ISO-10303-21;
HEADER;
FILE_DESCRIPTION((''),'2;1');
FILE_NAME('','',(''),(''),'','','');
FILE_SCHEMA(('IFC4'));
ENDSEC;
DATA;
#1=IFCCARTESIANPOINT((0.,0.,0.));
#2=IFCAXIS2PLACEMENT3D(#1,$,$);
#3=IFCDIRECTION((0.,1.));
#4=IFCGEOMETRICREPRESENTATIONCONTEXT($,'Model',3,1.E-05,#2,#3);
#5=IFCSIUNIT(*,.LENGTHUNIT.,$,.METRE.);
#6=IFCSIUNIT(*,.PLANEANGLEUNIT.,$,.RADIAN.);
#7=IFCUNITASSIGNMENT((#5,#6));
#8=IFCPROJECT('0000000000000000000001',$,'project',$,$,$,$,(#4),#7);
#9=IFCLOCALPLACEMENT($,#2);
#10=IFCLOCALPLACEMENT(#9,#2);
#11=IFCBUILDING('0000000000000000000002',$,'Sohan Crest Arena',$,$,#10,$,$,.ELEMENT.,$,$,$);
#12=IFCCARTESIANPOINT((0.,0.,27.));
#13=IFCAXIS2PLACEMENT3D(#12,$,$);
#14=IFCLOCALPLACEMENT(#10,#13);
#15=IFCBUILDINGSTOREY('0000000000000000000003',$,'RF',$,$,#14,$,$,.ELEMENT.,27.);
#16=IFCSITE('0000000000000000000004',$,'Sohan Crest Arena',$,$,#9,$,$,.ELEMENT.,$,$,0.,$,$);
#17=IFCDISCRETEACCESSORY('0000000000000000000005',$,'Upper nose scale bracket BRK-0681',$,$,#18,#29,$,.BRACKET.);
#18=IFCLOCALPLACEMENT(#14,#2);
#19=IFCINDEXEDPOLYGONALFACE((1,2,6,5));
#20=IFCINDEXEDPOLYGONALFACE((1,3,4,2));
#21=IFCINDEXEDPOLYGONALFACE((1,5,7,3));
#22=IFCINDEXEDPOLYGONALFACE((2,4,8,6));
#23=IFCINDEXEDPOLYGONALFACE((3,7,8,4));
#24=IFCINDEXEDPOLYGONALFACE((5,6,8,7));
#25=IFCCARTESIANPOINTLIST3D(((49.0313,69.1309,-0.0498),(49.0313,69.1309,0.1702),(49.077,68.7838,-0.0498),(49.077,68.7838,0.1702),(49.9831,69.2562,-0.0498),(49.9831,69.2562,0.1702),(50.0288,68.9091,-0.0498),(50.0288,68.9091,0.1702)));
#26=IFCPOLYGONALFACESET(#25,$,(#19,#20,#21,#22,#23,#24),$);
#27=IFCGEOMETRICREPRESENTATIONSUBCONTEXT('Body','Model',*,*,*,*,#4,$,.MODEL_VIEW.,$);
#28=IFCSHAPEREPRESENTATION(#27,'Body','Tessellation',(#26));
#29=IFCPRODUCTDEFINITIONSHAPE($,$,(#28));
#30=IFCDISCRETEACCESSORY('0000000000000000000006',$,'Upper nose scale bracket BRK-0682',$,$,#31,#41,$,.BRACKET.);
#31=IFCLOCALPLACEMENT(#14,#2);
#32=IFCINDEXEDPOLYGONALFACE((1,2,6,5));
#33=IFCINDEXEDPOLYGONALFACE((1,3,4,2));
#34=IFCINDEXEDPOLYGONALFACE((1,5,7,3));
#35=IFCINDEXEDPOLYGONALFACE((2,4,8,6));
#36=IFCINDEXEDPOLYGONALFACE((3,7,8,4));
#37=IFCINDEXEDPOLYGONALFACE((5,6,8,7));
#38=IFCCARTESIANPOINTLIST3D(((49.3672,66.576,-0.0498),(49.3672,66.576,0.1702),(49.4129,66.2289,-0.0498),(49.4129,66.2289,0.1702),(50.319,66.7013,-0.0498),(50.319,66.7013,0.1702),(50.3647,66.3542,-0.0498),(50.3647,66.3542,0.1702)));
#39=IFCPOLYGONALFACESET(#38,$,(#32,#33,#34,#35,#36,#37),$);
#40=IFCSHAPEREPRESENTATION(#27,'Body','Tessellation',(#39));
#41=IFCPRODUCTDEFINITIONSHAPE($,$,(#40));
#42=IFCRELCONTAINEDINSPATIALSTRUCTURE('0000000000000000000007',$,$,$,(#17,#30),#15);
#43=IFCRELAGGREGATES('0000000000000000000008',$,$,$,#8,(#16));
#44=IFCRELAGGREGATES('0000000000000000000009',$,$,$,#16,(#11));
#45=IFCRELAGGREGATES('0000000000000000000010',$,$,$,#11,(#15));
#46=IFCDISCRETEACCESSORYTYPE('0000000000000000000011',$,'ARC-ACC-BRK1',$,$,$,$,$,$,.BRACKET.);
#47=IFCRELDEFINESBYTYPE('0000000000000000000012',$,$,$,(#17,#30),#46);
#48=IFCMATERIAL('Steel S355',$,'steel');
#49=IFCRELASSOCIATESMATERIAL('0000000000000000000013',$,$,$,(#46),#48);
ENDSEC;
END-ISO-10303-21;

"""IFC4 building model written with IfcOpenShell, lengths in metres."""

from ifc_helpers import new_model, si_unit, direction, frame, origin, origin_2d, place, context, subcontext, project, spatial, rectangle, extrude, material, type_object, element, save


model = new_model("IFC4")

# Units and contexts
model_context = context("Model", 3, precision=1e-05, world=origin(), true_north=direction((0.0, 1.0)))
body_context = subcontext(model_context, "Body", "Model", "MODEL_VIEW")
ifc_project = project(units=[si_unit("LENGTHUNIT", "METRE"), si_unit("PLANEANGLEUNIT", "RADIAN")], contexts=[model_context])

# Site, building, storey
site_placement = place(None, origin())
site = spatial("IfcSite", under=ifc_project, at=site_placement, Name="Sohan Crest Arena", CompositionType="ELEMENT", RefElevation=0.0)
building_placement = place(site_placement, origin())
building = spatial("IfcBuilding", under=site, at=building_placement, Name="Sohan Crest Arena", CompositionType="ELEMENT")
storey_placement = place(building_placement, frame((0.0, 0.0, 27.0)))
storey = spatial("IfcBuildingStorey", under=building, at=storey_placement, Name="RF", CompositionType="ELEMENT", Elevation=27.0)

# Shared definitions
ifc_material_1 = material(Name="Steel S355", Category="steel")

# Discrete accessories
discrete_accessory_type = type_object("IfcDiscreteAccessoryType", Name="ARC-ACC-BRK1", PredefinedType="BRACKET", material=ifc_material_1)
for number, where, z_axis, x_axis, name in (
    (1, (49.53, 69.02, -0.0498), (0.0, 0.0, 1.0), (0.130526, -0.991445, 0.0), "Upper nose scale bracket BRK-0681"),
    (2, (49.866, 66.4651, -0.0498), (0.0, 0.0, 1.0), (0.130526, -0.991445, 0.0), "Upper nose scale bracket BRK-0682"),
):
    element("IfcDiscreteAccessory", number, at=place(storey_placement, frame(where, z_axis=z_axis, x_axis=x_axis)), inside=storey, type_object=discrete_accessory_type, Name=name, PredefinedType="BRACKET", context=body_context, shape_type="SweptSolid", body=[
        extrude(rectangle(XDim=0.3501, YDim=0.96, at=origin_2d()), origin(), (0.0, 0.0, 1.0), 0.22),
    ])

save(model, "model.ifc")
